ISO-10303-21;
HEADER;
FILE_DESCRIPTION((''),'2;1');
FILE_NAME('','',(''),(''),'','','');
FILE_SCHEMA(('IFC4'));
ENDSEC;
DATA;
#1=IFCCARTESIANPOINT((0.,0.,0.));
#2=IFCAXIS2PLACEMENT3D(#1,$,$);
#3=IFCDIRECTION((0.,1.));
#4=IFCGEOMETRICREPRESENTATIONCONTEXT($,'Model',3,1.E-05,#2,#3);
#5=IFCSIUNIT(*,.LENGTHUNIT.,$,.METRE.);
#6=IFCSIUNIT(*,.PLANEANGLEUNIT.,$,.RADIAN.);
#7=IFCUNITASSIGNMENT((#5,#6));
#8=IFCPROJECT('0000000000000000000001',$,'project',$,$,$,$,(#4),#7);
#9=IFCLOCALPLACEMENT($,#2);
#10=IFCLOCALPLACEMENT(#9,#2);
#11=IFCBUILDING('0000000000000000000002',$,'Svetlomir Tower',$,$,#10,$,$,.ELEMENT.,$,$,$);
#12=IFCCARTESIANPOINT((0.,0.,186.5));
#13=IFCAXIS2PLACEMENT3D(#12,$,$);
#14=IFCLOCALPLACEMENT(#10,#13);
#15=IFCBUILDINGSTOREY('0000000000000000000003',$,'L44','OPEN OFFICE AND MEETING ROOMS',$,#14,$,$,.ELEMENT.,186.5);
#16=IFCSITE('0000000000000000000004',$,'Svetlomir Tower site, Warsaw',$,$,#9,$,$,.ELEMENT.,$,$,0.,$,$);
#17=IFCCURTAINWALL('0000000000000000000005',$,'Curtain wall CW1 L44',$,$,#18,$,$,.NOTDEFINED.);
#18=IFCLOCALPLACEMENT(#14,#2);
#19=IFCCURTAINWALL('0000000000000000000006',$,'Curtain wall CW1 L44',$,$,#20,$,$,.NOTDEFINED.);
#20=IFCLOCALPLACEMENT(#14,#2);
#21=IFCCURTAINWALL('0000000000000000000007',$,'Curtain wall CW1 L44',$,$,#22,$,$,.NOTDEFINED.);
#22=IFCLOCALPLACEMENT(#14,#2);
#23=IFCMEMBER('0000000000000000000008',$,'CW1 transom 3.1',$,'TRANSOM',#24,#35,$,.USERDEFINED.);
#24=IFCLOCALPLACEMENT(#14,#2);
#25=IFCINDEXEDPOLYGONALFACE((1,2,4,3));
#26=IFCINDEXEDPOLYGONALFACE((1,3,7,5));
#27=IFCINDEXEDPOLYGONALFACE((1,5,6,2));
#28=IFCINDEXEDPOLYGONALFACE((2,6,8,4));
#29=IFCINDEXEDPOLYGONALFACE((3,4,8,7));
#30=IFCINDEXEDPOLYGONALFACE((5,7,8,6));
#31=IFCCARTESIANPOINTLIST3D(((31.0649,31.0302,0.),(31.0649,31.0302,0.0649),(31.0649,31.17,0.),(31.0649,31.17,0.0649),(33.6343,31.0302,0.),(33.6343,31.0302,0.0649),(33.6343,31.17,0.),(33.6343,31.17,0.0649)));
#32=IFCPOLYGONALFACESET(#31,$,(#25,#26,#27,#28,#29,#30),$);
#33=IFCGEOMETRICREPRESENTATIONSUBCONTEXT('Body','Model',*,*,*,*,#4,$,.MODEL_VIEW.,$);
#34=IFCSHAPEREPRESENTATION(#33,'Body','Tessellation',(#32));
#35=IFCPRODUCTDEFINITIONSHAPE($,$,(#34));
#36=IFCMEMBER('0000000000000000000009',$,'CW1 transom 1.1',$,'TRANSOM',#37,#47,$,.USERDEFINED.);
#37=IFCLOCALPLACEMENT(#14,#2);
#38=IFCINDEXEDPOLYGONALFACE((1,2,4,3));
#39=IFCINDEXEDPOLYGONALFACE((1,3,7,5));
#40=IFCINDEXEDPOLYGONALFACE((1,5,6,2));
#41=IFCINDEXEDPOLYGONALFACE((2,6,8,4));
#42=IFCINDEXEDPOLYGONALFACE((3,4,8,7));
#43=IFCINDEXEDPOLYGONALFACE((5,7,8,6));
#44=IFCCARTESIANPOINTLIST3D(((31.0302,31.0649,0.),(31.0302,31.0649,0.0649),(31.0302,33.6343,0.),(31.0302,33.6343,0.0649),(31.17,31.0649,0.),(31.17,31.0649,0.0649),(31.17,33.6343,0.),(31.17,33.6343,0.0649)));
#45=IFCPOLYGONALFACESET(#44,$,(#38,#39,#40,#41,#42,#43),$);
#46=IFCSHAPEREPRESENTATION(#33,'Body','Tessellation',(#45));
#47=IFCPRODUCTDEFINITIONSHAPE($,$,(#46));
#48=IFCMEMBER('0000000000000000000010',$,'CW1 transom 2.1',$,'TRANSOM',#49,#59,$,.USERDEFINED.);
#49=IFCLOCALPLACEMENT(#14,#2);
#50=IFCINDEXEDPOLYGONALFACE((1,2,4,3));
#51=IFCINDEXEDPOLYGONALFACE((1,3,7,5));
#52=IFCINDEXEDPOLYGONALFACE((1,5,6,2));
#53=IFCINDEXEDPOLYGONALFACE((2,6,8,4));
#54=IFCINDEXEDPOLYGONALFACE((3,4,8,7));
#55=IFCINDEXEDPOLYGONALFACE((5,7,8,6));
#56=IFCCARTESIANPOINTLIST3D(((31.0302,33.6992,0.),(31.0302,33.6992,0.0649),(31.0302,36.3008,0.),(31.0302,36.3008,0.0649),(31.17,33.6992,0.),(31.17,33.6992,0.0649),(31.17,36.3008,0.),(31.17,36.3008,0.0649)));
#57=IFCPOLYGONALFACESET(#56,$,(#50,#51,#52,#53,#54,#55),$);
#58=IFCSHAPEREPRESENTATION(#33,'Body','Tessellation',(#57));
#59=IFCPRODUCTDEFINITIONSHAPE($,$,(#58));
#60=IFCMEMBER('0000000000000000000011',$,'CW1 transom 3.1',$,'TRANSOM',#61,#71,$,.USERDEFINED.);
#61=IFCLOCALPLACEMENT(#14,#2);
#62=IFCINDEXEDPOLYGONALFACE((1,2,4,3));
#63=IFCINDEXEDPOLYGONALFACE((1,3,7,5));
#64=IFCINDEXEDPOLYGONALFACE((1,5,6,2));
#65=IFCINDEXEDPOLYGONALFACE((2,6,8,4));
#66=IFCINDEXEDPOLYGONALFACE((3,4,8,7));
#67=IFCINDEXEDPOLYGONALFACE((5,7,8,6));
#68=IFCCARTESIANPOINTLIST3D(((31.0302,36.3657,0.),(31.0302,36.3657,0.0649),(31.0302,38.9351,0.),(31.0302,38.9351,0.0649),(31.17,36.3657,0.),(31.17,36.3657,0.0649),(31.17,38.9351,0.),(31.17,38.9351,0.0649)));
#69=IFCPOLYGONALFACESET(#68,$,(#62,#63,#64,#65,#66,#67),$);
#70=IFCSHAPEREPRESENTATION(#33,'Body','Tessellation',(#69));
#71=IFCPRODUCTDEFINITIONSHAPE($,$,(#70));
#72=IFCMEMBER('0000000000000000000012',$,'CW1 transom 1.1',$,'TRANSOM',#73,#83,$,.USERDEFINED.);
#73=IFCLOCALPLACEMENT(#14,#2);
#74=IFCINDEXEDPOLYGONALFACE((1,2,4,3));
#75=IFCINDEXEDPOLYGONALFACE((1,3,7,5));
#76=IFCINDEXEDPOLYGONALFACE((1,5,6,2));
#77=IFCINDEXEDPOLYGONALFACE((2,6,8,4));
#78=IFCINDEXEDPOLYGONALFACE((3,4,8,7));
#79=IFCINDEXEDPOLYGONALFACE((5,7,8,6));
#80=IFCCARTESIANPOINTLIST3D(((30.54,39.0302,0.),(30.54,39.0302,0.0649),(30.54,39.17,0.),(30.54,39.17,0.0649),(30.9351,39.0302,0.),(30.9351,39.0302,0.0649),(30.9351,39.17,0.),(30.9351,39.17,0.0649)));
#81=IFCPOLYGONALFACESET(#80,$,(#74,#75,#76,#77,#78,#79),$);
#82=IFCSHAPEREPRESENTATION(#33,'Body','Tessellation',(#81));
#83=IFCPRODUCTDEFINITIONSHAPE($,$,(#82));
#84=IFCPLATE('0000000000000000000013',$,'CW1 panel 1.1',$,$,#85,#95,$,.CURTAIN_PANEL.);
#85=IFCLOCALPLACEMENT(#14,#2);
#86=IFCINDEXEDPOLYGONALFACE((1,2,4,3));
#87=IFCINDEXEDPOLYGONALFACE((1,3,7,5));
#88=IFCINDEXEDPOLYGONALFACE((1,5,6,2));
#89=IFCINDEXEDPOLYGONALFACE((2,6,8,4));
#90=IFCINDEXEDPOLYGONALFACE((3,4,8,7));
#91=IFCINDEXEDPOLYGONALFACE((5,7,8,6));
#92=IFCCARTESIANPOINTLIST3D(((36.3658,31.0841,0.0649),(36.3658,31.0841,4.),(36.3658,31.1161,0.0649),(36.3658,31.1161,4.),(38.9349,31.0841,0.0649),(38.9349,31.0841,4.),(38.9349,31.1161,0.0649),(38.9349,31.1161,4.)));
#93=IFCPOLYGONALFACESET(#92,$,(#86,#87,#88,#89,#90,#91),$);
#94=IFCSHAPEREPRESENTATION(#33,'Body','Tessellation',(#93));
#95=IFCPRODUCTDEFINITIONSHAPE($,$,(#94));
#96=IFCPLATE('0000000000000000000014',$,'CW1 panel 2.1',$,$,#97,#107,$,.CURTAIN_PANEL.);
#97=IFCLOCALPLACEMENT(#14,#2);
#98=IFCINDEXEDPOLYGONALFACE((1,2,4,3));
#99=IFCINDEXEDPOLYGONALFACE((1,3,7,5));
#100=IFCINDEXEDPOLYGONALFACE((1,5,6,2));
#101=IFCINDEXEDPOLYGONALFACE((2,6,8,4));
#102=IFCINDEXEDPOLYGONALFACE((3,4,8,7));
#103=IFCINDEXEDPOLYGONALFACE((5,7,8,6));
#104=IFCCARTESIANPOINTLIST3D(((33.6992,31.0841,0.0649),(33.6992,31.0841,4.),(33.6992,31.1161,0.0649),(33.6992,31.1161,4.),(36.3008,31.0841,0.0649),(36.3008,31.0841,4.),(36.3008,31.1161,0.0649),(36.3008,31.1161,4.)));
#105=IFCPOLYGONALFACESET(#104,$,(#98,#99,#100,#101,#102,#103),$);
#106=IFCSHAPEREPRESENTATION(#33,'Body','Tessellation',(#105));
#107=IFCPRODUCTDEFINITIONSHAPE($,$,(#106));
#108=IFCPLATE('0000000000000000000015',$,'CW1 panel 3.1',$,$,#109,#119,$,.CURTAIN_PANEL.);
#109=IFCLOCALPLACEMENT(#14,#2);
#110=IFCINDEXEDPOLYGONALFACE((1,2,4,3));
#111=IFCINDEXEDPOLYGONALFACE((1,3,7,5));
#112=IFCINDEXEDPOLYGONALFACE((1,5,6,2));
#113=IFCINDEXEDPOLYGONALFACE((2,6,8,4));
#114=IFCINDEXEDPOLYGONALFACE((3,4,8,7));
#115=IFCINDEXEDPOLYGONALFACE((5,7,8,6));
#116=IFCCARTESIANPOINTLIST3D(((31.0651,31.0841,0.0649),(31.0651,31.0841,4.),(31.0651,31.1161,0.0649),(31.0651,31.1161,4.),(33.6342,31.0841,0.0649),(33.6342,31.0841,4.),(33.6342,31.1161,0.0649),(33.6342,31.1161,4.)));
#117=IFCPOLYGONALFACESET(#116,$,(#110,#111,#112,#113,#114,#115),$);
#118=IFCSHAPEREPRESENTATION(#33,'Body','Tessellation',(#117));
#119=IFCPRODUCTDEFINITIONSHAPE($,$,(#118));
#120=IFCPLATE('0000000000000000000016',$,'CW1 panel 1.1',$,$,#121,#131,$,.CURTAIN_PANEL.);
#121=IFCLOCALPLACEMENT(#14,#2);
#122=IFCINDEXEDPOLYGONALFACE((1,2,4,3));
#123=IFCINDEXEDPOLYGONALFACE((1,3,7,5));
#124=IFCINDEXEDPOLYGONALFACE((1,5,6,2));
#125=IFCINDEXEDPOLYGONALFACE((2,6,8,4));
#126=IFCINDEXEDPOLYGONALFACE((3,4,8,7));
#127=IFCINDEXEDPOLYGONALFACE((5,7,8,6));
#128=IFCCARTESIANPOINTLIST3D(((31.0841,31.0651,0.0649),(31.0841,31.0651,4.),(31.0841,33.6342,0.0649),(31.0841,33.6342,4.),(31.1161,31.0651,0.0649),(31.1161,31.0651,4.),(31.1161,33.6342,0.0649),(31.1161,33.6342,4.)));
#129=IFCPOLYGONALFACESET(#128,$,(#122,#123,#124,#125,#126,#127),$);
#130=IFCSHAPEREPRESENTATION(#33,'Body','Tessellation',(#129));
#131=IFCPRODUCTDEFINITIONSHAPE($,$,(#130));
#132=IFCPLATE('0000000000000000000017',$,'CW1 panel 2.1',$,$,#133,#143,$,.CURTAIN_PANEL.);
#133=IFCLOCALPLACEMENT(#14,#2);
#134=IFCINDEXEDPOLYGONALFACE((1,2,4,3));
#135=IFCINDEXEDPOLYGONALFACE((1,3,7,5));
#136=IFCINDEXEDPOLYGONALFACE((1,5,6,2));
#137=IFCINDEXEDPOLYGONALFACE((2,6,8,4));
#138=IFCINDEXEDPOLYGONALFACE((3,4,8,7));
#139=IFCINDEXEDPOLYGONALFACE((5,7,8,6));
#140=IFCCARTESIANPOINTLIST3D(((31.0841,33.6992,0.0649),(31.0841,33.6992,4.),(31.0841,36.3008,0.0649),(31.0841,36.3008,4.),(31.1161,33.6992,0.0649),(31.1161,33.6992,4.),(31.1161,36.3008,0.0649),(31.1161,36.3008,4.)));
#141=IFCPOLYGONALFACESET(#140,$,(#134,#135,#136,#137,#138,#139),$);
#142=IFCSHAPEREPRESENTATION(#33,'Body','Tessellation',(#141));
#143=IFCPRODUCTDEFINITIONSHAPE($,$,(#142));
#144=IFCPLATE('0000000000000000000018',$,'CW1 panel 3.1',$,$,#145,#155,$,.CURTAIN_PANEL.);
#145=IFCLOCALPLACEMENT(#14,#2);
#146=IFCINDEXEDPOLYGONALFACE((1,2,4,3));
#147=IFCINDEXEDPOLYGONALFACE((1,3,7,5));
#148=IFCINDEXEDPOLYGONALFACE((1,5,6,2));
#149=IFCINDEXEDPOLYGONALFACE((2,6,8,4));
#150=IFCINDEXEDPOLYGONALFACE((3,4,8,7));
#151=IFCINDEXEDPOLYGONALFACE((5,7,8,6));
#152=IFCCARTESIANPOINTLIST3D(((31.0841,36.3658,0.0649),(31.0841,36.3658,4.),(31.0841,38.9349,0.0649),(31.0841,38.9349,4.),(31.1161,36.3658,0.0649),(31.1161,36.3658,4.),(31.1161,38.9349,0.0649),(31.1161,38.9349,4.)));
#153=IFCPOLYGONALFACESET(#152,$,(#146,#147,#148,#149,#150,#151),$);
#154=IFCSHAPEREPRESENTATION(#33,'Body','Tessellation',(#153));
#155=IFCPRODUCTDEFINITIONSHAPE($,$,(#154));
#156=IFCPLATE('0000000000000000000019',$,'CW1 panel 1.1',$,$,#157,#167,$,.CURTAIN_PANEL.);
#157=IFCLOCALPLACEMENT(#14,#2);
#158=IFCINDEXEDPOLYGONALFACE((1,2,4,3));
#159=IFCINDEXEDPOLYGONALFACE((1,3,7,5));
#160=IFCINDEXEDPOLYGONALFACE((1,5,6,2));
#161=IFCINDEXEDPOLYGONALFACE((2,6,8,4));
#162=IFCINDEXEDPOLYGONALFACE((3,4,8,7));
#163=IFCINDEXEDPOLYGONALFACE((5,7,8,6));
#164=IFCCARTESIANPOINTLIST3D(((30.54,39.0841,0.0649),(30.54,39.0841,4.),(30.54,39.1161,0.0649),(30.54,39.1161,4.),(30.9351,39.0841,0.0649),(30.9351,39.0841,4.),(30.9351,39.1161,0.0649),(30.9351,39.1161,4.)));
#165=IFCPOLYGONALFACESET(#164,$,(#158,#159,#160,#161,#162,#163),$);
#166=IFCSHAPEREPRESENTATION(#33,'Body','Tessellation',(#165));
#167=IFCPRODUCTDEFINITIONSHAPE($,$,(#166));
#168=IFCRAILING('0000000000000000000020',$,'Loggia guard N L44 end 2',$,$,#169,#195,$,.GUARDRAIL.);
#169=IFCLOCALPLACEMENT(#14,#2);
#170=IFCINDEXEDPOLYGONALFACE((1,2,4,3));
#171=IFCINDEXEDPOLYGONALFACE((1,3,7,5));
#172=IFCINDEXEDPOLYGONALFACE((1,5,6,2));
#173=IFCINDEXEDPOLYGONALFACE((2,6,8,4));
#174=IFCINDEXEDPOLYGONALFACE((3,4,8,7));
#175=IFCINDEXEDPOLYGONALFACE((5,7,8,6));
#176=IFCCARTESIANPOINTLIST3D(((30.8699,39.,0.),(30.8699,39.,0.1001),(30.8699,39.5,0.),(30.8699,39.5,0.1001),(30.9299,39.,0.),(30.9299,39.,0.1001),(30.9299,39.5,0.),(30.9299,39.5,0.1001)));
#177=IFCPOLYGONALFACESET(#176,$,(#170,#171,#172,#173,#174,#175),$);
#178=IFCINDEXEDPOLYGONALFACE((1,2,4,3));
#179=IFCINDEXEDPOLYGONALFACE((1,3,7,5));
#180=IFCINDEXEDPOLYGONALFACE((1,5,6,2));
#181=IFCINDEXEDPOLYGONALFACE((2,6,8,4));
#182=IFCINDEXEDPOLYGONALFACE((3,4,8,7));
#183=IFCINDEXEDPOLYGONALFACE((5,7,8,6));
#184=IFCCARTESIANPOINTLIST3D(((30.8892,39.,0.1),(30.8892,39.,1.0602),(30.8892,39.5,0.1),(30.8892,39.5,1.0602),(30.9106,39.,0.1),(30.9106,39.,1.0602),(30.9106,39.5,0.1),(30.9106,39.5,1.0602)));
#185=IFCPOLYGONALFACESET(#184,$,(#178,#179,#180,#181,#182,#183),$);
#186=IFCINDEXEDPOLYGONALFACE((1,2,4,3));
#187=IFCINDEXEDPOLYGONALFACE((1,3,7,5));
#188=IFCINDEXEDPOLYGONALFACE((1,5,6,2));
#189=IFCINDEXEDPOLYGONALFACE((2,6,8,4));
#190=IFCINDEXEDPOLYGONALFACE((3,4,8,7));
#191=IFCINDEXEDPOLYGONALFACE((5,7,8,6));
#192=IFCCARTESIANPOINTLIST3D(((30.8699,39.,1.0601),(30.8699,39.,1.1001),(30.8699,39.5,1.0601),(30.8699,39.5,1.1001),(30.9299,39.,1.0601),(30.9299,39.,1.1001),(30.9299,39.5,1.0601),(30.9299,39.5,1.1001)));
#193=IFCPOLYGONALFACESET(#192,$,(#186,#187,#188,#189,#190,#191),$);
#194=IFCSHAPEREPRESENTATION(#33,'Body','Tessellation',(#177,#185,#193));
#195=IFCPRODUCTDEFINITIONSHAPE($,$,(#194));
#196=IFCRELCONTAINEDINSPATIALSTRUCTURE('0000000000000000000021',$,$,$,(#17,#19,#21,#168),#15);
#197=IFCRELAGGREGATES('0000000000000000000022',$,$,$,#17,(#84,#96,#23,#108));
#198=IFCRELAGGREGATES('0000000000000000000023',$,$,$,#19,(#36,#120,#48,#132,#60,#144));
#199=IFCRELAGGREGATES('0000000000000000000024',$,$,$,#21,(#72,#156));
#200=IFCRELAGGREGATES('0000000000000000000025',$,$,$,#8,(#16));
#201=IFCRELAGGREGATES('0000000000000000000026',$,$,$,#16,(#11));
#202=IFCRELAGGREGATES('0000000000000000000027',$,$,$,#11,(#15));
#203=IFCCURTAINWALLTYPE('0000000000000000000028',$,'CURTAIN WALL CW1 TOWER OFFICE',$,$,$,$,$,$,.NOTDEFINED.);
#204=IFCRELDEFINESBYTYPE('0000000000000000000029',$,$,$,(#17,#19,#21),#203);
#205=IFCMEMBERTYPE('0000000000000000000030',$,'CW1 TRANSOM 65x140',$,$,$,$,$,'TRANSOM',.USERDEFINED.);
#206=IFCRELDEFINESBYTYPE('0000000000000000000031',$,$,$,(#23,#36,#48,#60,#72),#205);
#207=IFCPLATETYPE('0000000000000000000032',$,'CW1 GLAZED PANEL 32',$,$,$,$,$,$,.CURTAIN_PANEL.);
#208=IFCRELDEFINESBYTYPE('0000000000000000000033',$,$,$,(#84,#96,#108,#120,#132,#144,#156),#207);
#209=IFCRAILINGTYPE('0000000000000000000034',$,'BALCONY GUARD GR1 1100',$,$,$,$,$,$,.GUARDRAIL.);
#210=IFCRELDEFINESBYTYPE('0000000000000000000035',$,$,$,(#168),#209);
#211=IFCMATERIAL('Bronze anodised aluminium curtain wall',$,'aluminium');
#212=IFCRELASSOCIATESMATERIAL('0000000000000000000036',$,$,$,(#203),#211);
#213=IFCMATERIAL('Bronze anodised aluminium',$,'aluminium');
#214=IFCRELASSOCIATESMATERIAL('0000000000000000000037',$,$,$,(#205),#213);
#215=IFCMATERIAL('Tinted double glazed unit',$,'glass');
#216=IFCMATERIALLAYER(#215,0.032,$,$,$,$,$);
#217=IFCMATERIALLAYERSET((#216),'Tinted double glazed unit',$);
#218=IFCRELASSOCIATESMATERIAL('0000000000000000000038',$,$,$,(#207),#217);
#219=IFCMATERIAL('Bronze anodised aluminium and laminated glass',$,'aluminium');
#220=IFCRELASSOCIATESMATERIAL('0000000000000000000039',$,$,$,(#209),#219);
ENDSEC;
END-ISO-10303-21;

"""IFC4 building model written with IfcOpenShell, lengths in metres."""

from ifc_helpers import new_model, si_unit, direction, frame, origin, origin_2d, place, context, subcontext, project, spatial, rectangle, extrude, material, layer, layer_set, material_profile, profile_set, type_object, element, aggregate, save


model = new_model("IFC4")

# Units and contexts
model_context = context("Model", 3, precision=1e-05, world=origin(), true_north=direction((0.0, 1.0)))
body_context = subcontext(model_context, "Body", "Model", "MODEL_VIEW")
ifc_project = project(units=[si_unit("LENGTHUNIT", "METRE"), si_unit("PLANEANGLEUNIT", "RADIAN")], contexts=[model_context])

# Site, building, storey
site_placement = place(None, origin())
site = spatial("IfcSite", under=ifc_project, at=site_placement, Name="Svetlomir Tower site, Warsaw", CompositionType="ELEMENT", RefElevation=0.0)
building_placement = place(site_placement, origin())
building = spatial("IfcBuilding", under=site, at=building_placement, Name="Svetlomir Tower", CompositionType="ELEMENT")
storey_placement = place(building_placement, frame((0.0, 0.0, 186.5)))
storey = spatial("IfcBuildingStorey", under=building, at=storey_placement, Name="L44", Description="OPEN OFFICE AND MEETING ROOMS", CompositionType="ELEMENT", Elevation=186.5)

# Curtain walls
ifc_material_1 = material(Name="Bronze anodised aluminium curtain wall", Category="aluminium")
curtain_wall_type = type_object("IfcCurtainWallType", Name="CURTAIN WALL CW1 TOWER OFFICE", PredefinedType="NOTDEFINED", material=ifc_material_1)
curtain_wall_1_placement = place(storey_placement, origin())
curtain_wall_1 = element("IfcCurtainWall", 1, at=curtain_wall_1_placement, inside=storey, type_object=curtain_wall_type, Name="Curtain wall CW1 L44", PredefinedType="NOTDEFINED")
curtain_wall_2_placement = place(storey_placement, origin())
curtain_wall_2 = element("IfcCurtainWall", 2, at=curtain_wall_2_placement, inside=storey, type_object=curtain_wall_type, Name="Curtain wall CW1 L44", PredefinedType="NOTDEFINED")

# Curtain wall
curtain_wall_3_placement = place(storey_placement, origin())
curtain_wall_3 = element("IfcCurtainWall", 3, at=curtain_wall_3_placement, inside=storey, type_object=curtain_wall_type, Name="Curtain wall CW1 L44", PredefinedType="NOTDEFINED")

# Members
ifc_material_2 = material(Name="Bronze anodised aluminium", Category="aluminium")
ifc_material_profile_1 = material_profile(ifc_material_2, rectangle(XDim=0.1399, YDim=0.0649, at=origin_2d()), Name="AL 140x65")
ifc_profile_set_1 = profile_set([ifc_material_profile_1], Name="Bronze anodised aluminium 6063-T6")
member_type_1 = type_object("IfcMemberType", Name="CW1 TRANSOM 65x140", ElementType="TRANSOM", PredefinedType="USERDEFINED", material=ifc_profile_set_1)
member_1_placement = place(storey_placement, frame((33.6343, 31.1001, 0.0325), z_axis=(-1.0, 0.0, 0.0), x_axis=(0.0, -1.0, 0.0)))
member_1 = element("IfcMember", 4, at=member_1_placement, type_object=member_type_1, Name="CW1 transom 3.1", ObjectType="TRANSOM", PredefinedType="USERDEFINED", context=body_context, shape_type="SweptSolid", body=[
    extrude(rectangle(XDim=0.1399, YDim=0.0649, at=origin_2d()), origin(), (0.0, 0.0, 1.0), 2.5693),
])
member_2_placement = place(storey_placement, frame((31.1001, 31.0649, 0.0325), z_axis=(0.0, 1.0, 0.0), x_axis=(-1.0, 0.0, 0.0)))
member_2 = element("IfcMember", 5, at=member_2_placement, type_object=member_type_1, Name="CW1 transom 1.1", ObjectType="TRANSOM", PredefinedType="USERDEFINED", context=body_context, shape_type="SweptSolid", body=[
    extrude(rectangle(XDim=0.1399, YDim=0.0649, at=origin_2d()), origin(), (0.0, 0.0, 1.0), 2.5693),
])
member_3_placement = place(storey_placement, frame((31.1001, 33.6992, 0.0325), z_axis=(0.0, 1.0, 0.0), x_axis=(-1.0, 0.0, 0.0)))
member_3 = element("IfcMember", 6, at=member_3_placement, type_object=member_type_1, Name="CW1 transom 2.1", ObjectType="TRANSOM", PredefinedType="USERDEFINED", context=body_context, shape_type="SweptSolid", body=[
    extrude(rectangle(XDim=0.1399, YDim=0.0649, at=origin_2d()), origin(), (0.0, 0.0, 1.0), 2.6016),
])
member_4_placement = place(storey_placement, frame((31.1001, 36.3657, 0.0325), z_axis=(0.0, 1.0, 0.0), x_axis=(-1.0, 0.0, 0.0)))
member_4 = element("IfcMember", 7, at=member_4_placement, type_object=member_type_1, Name="CW1 transom 3.1", ObjectType="TRANSOM", PredefinedType="USERDEFINED", context=body_context, shape_type="SweptSolid", body=[
    extrude(rectangle(XDim=0.1399, YDim=0.0649, at=origin_2d()), origin(), (0.0, 0.0, 1.0), 2.5693),
])
member_5_placement = place(storey_placement, frame((30.9351, 39.1001, 0.0325), z_axis=(-1.0, 0.0, 0.0), x_axis=(0.0, -1.0, 0.0)))
member_5 = element("IfcMember", 8, at=member_5_placement, type_object=member_type_1, Name="CW1 transom 1.1", ObjectType="TRANSOM", PredefinedType="USERDEFINED", context=body_context, shape_type="SweptSolid", body=[
    extrude(rectangle(XDim=0.1399, YDim=0.0649, at=origin_2d()), origin(), (0.0, 0.0, 1.0), 0.395),
])

# Plates
ifc_material_3 = material(Name="Tinted double glazed unit", Category="glass")
ifc_layer = layer(ifc_material_3, 0.032)
ifc_layer_set = layer_set([ifc_layer], Name="Tinted double glazed unit")
plate_type = type_object("IfcPlateType", Name="CW1 GLAZED PANEL 32", PredefinedType="CURTAIN_PANEL", material=ifc_layer_set)
plate_1_placement = place(storey_placement, frame((37.6504, 31.1001, 0.0649), z_axis=(0.0, 0.0, 1.0), x_axis=(-1.0, 0.0, 0.0)))
plate_1 = element("IfcPlate", 9, at=plate_1_placement, type_object=plate_type, Name="CW1 panel 1.1", PredefinedType="CURTAIN_PANEL", context=body_context, shape_type="SweptSolid", body=[
    extrude(rectangle(XDim=2.5691, YDim=0.032, at=origin_2d()), origin(), (0.0, 0.0, 1.0), 3.9351),
])
plate_2_placement = place(storey_placement, frame((35.0, 31.1001, 0.0649), z_axis=(0.0, 0.0, 1.0), x_axis=(-1.0, 0.0, 0.0)))
plate_2 = element("IfcPlate", 10, at=plate_2_placement, type_object=plate_type, Name="CW1 panel 2.1", PredefinedType="CURTAIN_PANEL", context=body_context, shape_type="SweptSolid", body=[
    extrude(rectangle(XDim=2.6016, YDim=0.032, at=origin_2d()), origin(), (0.0, 0.0, 1.0), 3.9351),
])
plate_3_placement = place(storey_placement, frame((32.3496, 31.1001, 0.0649), z_axis=(0.0, 0.0, 1.0), x_axis=(-1.0, 0.0, 0.0)))
plate_3 = element("IfcPlate", 11, at=plate_3_placement, type_object=plate_type, Name="CW1 panel 3.1", PredefinedType="CURTAIN_PANEL", context=body_context, shape_type="SweptSolid", body=[
    extrude(rectangle(XDim=2.5691, YDim=0.032, at=origin_2d()), origin(), (0.0, 0.0, 1.0), 3.9351),
])
aggregate(curtain_wall_1, [plate_1, plate_2, member_1, plate_3])
plate_4_placement = place(storey_placement, frame((31.1001, 32.3496, 0.0649), z_axis=(0.0, 0.0, 1.0), x_axis=(0.0, 1.0, 0.0)))
plate_4 = element("IfcPlate", 12, at=plate_4_placement, type_object=plate_type, Name="CW1 panel 1.1", PredefinedType="CURTAIN_PANEL", context=body_context, shape_type="SweptSolid", body=[
    extrude(rectangle(XDim=2.5691, YDim=0.032, at=origin_2d()), origin(), (0.0, 0.0, 1.0), 3.9351),
])
plate_5_placement = place(storey_placement, frame((31.1001, 35.0, 0.0649), z_axis=(0.0, 0.0, 1.0), x_axis=(0.0, 1.0, 0.0)))
plate_5 = element("IfcPlate", 13, at=plate_5_placement, type_object=plate_type, Name="CW1 panel 2.1", PredefinedType="CURTAIN_PANEL", context=body_context, shape_type="SweptSolid", body=[
    extrude(rectangle(XDim=2.6016, YDim=0.032, at=origin_2d()), origin(), (0.0, 0.0, 1.0), 3.9351),
])
plate_6_placement = place(storey_placement, frame((31.1001, 37.6504, 0.0649), z_axis=(0.0, 0.0, 1.0), x_axis=(0.0, 1.0, 0.0)))
plate_6 = element("IfcPlate", 14, at=plate_6_placement, type_object=plate_type, Name="CW1 panel 3.1", PredefinedType="CURTAIN_PANEL", context=body_context, shape_type="SweptSolid", body=[
    extrude(rectangle(XDim=2.5691, YDim=0.032, at=origin_2d()), origin(), (0.0, 0.0, 1.0), 3.9351),
])
aggregate(curtain_wall_2, [member_2, plate_4, member_3, plate_5, member_4, plate_6])
plate_7_placement = place(storey_placement, frame((30.7375, 39.1001, 0.0649), z_axis=(0.0, 0.0, 1.0), x_axis=(-1.0, 0.0, 0.0)))
plate_7 = element("IfcPlate", 15, at=plate_7_placement, type_object=plate_type, Name="CW1 panel 1.1", PredefinedType="CURTAIN_PANEL", context=body_context, shape_type="SweptSolid", body=[
    extrude(rectangle(XDim=0.395, YDim=0.032, at=origin_2d()), origin(), (0.0, 0.0, 1.0), 3.9351),
])
aggregate(curtain_wall_3, [member_5, plate_7])

# Railing
ifc_material_4 = material(Name="Bronze anodised aluminium and laminated glass", Category="aluminium")
railing_type = type_object("IfcRailingType", Name="BALCONY GUARD GR1 1100", PredefinedType="GUARDRAIL", material=ifc_material_4)
railing_placement = place(storey_placement, frame((30.8999, 39.5, 0.0)))
element("IfcRailing", 16, at=railing_placement, inside=storey, type_object=railing_type, Name="Loggia guard N L44 end 2", PredefinedType="GUARDRAIL", context=body_context, shape_type="SweptSolid", body=[
    extrude(rectangle(XDim=0.0601, YDim=0.1001, at=origin_2d()), frame((0.0, 0.0, 0.05), z_axis=(0.0, -1.0, 0.0), x_axis=(1.0, 0.0, 0.0)), (0.0, 0.0, 1.0), 0.5),
    extrude(rectangle(XDim=0.0215, YDim=0.9602, at=origin_2d()), frame((0.0, 0.0, 0.5801), z_axis=(0.0, -1.0, 0.0), x_axis=(1.0, 0.0, 0.0)), (0.0, 0.0, 1.0), 0.5),
    extrude(rectangle(XDim=0.0601, YDim=0.04, at=origin_2d()), frame((0.0, 0.0, 1.0801), z_axis=(0.0, -1.0, 0.0), x_axis=(1.0, 0.0, 0.0)), (0.0, 0.0, 1.0), 0.5),
])

save(model, "model.ifc")
